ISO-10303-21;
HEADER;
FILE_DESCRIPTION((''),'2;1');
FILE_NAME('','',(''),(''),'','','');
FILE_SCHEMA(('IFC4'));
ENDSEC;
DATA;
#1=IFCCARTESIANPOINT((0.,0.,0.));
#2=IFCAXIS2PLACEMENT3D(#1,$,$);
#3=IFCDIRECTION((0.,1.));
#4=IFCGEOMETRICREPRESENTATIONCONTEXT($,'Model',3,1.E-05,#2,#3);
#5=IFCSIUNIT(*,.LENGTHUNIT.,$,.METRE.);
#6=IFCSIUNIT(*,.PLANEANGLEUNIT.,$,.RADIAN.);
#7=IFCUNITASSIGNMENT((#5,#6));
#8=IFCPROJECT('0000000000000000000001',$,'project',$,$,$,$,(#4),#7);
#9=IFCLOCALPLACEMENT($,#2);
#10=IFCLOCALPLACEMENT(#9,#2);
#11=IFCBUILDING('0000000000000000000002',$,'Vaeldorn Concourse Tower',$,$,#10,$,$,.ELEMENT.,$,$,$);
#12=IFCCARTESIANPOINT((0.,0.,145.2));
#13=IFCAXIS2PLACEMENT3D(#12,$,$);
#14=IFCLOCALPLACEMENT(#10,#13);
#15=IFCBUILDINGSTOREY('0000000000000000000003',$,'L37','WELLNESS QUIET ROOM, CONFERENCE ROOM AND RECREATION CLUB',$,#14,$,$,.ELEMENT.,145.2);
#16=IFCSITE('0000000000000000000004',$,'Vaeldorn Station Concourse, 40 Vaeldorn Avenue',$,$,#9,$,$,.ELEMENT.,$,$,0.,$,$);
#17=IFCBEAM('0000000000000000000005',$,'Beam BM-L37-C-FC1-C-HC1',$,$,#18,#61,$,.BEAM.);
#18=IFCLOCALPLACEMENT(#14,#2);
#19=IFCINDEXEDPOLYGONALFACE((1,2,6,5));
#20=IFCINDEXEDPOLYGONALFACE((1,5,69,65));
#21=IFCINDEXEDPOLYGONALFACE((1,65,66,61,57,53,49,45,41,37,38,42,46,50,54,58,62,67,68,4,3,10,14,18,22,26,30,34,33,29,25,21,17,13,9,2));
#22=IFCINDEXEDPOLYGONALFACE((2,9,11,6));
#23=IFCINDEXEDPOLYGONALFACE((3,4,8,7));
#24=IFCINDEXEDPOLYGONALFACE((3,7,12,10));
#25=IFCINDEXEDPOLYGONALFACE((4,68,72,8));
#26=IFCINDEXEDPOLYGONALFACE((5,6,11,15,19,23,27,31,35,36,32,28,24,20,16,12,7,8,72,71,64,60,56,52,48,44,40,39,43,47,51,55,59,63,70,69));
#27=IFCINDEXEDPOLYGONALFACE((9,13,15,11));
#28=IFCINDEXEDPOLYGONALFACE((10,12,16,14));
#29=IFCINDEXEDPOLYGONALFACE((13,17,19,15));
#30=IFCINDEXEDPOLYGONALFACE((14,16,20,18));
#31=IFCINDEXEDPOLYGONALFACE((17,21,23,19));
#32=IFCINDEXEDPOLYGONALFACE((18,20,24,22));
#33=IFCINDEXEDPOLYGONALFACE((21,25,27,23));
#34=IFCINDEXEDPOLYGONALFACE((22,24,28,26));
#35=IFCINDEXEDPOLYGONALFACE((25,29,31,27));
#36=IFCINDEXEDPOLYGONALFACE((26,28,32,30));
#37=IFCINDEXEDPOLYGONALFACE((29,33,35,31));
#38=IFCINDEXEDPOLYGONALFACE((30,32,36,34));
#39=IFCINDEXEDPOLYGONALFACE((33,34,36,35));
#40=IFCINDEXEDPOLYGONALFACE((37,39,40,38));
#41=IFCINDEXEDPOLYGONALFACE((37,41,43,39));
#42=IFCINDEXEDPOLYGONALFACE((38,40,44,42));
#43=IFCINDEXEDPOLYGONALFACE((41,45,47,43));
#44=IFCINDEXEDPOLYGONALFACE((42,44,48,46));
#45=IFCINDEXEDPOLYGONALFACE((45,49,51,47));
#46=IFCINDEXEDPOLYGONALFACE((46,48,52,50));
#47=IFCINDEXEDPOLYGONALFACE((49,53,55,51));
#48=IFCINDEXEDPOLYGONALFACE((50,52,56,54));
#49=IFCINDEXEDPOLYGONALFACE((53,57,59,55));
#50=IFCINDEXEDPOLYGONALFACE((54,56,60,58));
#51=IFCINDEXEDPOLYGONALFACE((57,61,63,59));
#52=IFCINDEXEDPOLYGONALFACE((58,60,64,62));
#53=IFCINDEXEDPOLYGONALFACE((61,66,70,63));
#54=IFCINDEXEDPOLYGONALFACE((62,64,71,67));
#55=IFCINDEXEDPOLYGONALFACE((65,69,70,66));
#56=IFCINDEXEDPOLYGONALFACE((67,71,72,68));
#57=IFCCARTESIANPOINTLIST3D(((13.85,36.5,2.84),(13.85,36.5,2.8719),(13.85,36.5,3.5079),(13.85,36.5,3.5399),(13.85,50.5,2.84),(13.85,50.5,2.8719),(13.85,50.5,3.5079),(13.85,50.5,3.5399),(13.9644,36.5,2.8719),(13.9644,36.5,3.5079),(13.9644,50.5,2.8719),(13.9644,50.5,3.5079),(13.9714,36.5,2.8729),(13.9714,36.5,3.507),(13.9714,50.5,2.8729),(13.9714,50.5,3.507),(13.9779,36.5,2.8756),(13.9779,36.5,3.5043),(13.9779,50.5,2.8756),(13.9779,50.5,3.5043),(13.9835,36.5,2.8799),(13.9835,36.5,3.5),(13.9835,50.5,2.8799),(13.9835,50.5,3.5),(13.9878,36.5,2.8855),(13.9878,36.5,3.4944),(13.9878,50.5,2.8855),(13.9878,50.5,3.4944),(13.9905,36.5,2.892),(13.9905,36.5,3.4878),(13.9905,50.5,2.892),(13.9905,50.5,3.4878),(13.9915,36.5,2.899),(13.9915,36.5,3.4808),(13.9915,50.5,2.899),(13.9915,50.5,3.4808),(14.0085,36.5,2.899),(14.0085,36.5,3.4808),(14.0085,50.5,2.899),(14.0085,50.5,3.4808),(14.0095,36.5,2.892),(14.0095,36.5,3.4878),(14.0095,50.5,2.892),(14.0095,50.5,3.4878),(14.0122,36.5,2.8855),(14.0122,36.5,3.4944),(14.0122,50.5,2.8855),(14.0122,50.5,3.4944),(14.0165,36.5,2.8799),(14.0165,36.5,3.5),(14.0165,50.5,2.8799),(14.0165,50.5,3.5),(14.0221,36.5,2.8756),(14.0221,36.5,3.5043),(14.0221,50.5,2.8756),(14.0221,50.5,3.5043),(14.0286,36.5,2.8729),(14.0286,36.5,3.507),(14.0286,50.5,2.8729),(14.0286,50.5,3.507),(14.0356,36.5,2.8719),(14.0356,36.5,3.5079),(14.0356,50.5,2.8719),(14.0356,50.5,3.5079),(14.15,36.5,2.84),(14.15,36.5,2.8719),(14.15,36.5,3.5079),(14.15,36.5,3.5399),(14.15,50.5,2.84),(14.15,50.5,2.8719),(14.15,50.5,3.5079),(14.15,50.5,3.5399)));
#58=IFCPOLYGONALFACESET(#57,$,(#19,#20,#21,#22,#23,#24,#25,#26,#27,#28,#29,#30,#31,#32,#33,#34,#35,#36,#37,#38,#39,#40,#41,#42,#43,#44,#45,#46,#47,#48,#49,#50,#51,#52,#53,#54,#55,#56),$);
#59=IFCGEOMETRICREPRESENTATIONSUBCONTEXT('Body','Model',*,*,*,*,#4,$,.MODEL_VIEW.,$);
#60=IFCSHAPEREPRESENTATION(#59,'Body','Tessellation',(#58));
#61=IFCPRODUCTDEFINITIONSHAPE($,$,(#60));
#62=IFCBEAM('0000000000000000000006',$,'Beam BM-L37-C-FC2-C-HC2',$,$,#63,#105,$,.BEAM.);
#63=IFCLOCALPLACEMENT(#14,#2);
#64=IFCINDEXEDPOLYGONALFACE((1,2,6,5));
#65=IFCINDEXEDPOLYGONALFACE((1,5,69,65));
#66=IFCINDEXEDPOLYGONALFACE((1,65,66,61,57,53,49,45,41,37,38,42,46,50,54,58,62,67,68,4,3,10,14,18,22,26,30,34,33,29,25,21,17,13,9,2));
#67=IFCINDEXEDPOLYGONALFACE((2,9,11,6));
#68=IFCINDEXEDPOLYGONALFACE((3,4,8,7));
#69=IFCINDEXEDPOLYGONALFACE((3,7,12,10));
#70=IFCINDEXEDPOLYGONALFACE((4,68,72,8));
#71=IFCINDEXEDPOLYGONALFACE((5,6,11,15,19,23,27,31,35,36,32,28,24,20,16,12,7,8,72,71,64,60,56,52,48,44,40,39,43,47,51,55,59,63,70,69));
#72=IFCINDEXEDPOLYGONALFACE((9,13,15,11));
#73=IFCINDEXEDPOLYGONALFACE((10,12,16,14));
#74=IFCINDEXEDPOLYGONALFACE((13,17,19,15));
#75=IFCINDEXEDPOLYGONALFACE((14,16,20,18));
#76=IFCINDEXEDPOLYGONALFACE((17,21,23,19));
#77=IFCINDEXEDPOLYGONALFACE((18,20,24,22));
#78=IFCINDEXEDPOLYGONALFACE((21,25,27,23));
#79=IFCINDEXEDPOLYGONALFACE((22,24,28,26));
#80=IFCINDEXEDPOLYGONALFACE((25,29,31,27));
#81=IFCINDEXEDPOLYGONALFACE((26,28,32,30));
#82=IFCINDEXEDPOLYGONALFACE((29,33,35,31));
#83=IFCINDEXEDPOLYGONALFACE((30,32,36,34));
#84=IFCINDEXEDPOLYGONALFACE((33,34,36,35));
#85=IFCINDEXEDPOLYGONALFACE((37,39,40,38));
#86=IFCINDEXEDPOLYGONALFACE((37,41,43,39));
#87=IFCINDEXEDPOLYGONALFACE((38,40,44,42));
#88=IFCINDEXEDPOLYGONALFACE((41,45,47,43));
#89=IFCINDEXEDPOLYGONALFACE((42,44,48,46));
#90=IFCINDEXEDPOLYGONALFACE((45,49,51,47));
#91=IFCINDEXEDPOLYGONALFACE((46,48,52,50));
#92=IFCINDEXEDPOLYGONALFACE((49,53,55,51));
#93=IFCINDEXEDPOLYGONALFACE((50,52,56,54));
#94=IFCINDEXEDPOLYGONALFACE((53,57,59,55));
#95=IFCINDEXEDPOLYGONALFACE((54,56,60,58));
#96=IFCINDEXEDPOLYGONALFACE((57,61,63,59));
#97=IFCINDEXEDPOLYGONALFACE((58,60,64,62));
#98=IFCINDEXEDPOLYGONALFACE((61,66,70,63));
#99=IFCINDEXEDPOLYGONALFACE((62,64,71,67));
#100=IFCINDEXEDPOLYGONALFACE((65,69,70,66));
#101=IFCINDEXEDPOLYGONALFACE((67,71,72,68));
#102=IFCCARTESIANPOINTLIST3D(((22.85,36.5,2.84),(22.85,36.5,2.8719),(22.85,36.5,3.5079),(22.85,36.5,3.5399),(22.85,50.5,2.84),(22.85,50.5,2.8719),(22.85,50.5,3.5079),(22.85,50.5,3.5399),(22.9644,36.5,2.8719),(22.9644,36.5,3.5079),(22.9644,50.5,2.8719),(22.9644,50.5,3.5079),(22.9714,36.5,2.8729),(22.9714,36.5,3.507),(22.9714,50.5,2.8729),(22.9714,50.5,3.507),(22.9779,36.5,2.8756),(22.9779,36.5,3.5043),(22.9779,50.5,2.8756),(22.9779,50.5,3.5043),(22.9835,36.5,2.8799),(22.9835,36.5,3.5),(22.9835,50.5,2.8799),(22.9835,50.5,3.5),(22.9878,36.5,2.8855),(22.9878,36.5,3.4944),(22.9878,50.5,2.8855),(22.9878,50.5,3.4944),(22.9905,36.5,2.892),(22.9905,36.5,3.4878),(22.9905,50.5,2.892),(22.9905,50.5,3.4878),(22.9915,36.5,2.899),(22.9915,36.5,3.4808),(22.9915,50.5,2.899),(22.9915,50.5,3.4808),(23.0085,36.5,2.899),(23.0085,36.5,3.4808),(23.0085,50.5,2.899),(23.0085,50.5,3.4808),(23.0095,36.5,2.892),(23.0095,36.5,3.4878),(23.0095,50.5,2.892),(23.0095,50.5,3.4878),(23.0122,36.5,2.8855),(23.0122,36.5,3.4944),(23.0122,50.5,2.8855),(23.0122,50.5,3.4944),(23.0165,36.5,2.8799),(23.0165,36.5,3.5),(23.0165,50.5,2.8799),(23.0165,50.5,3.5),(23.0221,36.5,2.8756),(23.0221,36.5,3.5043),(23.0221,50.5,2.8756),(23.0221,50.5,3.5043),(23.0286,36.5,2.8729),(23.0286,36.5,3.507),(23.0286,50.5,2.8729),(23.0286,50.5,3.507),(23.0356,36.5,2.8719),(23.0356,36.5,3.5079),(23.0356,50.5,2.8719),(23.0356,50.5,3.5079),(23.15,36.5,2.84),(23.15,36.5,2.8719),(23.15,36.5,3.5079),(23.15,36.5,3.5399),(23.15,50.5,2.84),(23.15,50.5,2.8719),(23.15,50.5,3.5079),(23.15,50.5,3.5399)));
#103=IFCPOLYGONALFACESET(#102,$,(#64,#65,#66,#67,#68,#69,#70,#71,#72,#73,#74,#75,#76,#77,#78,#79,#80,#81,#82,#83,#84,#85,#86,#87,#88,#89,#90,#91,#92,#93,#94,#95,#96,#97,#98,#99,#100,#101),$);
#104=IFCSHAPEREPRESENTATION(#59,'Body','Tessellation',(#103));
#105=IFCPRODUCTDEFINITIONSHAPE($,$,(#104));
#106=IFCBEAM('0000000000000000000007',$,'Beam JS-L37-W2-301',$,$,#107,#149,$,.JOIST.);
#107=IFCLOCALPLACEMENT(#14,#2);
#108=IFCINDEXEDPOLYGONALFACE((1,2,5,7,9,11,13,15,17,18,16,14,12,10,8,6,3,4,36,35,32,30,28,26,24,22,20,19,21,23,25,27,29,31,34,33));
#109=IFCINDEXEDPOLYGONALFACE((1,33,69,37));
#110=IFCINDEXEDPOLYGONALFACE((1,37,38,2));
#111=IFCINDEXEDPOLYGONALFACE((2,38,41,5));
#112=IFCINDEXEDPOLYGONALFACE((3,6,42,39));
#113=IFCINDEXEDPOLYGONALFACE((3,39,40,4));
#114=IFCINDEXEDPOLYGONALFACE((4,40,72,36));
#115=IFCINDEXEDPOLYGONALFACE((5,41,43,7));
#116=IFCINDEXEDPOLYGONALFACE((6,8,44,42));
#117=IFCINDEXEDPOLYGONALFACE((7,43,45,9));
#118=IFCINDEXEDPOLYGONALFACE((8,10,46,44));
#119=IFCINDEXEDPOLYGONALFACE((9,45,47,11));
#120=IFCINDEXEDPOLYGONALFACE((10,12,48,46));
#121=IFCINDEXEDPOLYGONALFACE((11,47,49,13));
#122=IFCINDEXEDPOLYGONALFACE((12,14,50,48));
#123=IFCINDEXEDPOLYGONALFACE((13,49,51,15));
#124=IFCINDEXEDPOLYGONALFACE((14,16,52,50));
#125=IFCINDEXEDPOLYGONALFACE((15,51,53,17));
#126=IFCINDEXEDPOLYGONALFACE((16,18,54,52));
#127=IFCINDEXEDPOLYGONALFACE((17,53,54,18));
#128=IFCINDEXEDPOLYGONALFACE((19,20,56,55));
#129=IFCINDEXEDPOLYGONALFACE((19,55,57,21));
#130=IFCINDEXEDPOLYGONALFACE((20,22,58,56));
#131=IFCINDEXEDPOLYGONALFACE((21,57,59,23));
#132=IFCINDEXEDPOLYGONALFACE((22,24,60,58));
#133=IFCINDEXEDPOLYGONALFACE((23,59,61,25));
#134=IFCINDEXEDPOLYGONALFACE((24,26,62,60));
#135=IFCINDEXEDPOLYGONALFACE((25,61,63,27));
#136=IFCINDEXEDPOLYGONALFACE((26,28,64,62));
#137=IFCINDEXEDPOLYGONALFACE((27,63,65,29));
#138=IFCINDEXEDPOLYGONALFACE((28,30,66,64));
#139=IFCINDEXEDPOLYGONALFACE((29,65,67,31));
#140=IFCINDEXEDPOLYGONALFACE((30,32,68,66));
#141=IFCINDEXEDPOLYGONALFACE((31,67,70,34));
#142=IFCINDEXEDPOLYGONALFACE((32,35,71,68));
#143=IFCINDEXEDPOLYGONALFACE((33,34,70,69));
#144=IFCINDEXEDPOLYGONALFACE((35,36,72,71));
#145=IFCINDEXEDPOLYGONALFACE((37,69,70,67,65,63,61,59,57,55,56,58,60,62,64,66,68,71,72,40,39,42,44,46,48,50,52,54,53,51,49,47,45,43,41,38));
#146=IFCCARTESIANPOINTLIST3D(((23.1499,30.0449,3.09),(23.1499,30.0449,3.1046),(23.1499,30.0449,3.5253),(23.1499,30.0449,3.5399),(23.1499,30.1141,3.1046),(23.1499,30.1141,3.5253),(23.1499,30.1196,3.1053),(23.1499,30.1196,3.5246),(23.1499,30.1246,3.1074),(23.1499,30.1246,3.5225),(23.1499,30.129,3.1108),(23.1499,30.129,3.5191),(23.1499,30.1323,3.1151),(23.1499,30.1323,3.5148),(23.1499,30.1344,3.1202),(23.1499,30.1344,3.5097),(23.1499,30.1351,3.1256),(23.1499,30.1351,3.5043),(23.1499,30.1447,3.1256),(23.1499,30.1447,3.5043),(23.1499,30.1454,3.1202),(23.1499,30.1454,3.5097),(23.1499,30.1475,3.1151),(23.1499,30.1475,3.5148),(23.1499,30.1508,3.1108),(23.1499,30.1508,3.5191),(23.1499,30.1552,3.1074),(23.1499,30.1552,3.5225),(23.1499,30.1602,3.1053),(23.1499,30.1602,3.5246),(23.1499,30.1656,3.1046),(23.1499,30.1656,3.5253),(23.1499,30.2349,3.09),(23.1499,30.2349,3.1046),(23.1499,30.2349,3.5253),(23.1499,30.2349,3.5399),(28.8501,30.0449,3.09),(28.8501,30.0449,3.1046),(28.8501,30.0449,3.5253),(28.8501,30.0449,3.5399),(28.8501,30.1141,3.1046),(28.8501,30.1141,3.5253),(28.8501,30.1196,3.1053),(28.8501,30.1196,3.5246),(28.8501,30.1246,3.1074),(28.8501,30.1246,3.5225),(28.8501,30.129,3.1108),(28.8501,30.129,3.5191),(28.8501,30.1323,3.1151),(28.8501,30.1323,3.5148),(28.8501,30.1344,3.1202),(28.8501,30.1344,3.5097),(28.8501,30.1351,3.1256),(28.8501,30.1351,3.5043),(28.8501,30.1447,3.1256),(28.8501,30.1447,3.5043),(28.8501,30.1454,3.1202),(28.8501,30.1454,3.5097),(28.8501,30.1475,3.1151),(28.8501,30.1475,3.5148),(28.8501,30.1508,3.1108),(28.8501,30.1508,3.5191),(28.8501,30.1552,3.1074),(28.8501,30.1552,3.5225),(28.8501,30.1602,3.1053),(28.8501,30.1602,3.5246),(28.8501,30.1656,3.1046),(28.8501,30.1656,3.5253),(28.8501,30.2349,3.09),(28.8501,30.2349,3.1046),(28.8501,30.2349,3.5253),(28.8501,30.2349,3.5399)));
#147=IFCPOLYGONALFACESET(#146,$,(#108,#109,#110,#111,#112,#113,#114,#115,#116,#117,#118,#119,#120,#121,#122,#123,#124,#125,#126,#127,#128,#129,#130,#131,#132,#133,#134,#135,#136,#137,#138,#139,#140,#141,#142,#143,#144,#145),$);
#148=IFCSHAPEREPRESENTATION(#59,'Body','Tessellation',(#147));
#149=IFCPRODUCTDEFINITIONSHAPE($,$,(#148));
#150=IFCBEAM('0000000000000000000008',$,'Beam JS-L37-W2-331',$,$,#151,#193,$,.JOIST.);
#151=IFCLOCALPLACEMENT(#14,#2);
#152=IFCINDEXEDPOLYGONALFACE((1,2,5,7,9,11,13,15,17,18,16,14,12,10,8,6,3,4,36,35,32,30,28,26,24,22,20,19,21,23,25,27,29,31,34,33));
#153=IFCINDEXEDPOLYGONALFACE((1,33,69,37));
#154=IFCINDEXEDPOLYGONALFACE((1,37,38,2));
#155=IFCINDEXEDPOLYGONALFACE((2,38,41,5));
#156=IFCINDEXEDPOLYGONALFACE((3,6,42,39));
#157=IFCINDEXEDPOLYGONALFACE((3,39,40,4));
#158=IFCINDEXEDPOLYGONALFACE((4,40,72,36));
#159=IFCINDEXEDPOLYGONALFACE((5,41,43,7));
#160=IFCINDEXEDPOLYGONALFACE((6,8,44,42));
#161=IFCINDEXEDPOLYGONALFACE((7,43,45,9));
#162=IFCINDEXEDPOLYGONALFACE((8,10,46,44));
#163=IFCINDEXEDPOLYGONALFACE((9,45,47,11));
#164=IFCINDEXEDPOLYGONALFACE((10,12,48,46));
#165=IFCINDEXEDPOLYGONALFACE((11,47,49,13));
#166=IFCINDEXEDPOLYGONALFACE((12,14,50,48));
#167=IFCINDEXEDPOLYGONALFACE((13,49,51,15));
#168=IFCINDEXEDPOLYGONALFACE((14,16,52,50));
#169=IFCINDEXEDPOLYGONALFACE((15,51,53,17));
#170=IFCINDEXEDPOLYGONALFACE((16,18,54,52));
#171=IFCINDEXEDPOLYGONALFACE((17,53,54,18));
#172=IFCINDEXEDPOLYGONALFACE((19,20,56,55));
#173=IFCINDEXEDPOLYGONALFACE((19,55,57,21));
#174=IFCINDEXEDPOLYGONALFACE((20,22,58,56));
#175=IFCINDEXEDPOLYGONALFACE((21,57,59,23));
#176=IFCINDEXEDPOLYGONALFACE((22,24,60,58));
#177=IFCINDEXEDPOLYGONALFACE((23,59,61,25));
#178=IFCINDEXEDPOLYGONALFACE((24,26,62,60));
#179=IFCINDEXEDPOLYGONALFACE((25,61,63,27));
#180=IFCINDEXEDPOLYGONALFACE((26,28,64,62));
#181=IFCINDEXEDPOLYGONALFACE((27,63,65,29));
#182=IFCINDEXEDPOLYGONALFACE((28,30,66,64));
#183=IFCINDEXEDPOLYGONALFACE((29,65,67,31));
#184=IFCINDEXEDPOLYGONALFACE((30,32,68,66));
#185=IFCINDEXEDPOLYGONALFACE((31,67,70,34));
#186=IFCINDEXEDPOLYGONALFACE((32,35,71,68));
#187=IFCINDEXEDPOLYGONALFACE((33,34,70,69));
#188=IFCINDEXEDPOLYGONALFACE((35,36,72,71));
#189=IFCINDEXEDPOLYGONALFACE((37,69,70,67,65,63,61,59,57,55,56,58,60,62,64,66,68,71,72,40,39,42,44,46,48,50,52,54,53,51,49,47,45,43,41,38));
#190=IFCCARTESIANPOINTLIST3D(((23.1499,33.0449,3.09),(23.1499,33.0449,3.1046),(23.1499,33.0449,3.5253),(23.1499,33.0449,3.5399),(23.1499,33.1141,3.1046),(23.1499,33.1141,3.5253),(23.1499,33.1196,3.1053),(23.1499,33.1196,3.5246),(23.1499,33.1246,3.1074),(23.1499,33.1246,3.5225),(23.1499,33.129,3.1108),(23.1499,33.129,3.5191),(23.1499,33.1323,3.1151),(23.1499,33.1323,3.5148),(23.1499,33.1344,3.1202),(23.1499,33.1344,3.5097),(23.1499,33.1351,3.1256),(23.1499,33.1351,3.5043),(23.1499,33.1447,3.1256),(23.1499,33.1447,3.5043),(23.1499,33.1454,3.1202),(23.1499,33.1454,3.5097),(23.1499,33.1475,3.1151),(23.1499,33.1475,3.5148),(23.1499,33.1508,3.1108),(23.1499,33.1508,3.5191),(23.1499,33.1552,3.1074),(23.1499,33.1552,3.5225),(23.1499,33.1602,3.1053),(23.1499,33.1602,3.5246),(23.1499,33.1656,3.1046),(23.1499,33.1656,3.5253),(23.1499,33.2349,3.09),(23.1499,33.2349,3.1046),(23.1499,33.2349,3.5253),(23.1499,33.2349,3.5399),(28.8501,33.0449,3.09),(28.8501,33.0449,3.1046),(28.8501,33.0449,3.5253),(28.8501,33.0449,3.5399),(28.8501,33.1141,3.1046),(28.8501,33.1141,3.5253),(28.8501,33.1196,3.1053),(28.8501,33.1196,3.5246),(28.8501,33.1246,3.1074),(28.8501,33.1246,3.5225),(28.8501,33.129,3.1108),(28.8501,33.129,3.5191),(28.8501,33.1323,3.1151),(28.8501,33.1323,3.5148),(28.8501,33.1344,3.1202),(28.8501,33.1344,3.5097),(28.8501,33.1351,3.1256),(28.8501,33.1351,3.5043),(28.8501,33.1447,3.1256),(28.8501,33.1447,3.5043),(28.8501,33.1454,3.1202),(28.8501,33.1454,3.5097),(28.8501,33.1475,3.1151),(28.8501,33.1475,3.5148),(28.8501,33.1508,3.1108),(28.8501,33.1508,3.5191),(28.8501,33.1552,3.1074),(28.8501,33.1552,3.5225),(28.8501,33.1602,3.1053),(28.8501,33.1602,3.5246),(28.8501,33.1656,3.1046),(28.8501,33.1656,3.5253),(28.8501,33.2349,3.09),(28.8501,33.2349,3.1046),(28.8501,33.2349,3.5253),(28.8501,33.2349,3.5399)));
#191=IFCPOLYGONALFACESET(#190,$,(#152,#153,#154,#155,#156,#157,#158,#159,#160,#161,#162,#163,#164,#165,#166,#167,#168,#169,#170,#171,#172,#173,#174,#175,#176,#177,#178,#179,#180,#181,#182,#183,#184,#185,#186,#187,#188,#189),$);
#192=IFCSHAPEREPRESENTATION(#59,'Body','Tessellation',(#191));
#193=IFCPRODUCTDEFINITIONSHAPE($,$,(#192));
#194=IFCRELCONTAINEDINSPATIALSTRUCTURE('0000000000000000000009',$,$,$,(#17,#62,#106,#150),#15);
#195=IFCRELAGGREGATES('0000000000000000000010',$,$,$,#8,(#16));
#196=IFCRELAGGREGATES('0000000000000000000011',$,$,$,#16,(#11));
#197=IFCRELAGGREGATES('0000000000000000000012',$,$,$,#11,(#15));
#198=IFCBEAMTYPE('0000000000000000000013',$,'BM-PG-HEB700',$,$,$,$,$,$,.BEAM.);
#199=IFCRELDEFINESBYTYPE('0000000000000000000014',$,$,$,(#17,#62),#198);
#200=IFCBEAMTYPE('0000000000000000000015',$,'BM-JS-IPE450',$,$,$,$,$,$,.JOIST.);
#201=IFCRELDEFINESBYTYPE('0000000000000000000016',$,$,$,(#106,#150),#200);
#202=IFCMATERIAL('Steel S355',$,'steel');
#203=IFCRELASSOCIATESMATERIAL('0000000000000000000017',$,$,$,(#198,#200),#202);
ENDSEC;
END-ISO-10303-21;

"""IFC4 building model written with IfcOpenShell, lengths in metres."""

from ifc_helpers import new_model, si_unit, direction, frame, origin, origin_2d, place, context, subcontext, project, spatial, i_section, extrude, source, transform, mapped, material, material_profile, profile_set, type_object, element, save


model = new_model("IFC4")

# Units and contexts
model_context = context("Model", 3, precision=1e-05, world=origin(), true_north=direction((0.0, 1.0)))
body_context = subcontext(model_context, "Body", "Model", "MODEL_VIEW")
ifc_project = project(units=[si_unit("LENGTHUNIT", "METRE"), si_unit("PLANEANGLEUNIT", "RADIAN")], contexts=[model_context])

# Site, building, storey
site_placement = place(None, origin())
site = spatial("IfcSite", under=ifc_project, at=site_placement, Name="Vaeldorn Station Concourse, 40 Vaeldorn Avenue", CompositionType="ELEMENT", RefElevation=0.0)
building_placement = place(site_placement, origin())
building = spatial("IfcBuilding", under=site, at=building_placement, Name="Vaeldorn Concourse Tower", CompositionType="ELEMENT")
storey_placement = place(building_placement, frame((0.0, 0.0, 145.2)))
storey = spatial("IfcBuildingStorey", under=building, at=storey_placement, Name="L37", Description="WELLNESS QUIET ROOM, CONFERENCE ROOM AND RECREATION CLUB", CompositionType="ELEMENT", Elevation=145.2)

# Beams
ifc_material_1 = material(Name="Steel S355", Category="steel")
ifc_material_profile_1 = material_profile(ifc_material_1, i_section(OverallWidth=0.3, OverallDepth=0.7, WebThickness=0.0171, FlangeThickness=0.032, FilletRadius=0.0271, at=origin_2d()), Name="HEB 700")
ifc_profile_set_1 = profile_set([ifc_material_profile_1], Name="Steel S355")
beam_type_1 = type_object("IfcBeamType", Name="BM-PG-HEB700", PredefinedType="BEAM", material=ifc_profile_set_1)
shared_shape_1 = source(origin(), body_context, "Body", "SweptSolid", [
    extrude(i_section(OverallWidth=0.3, OverallDepth=0.7, WebThickness=0.0171, FlangeThickness=0.032, FilletRadius=0.0271, at=origin_2d()), origin(), (0.0, 0.0, 1.0), 14.0),
])
for number, where, z_axis, x_axis, name in (
    (1, (14.0, 36.5, 3.1899), (0.0, 1.0, 0.0), (-1.0, 0.0, 0.0), "Beam BM-L37-C-FC1-C-HC1"),
    (2, (23.0, 36.5, 3.1899), (0.0, 1.0, 0.0), (-1.0, 0.0, 0.0), "Beam BM-L37-C-FC2-C-HC2"),
):
    element("IfcBeam", number, at=place(storey_placement, frame(where, z_axis=z_axis, x_axis=x_axis)), inside=storey, type_object=beam_type_1, Name=name, PredefinedType="BEAM", context=body_context, shape_type="MappedRepresentation", body=[
        mapped(shared_shape_1, transform((0.0, 0.0, 0.0), scale=1.0)),
    ])
ifc_material_profile_2 = material_profile(ifc_material_1, i_section(OverallWidth=0.1899, OverallDepth=0.45, WebThickness=0.0095, FlangeThickness=0.0146, FilletRadius=0.021, at=origin_2d()), Name="IPE 450")
ifc_profile_set_2 = profile_set([ifc_material_profile_2], Name="Steel S355")
beam_type_2 = type_object("IfcBeamType", Name="BM-JS-IPE450", PredefinedType="JOIST", material=ifc_profile_set_2)
shared_shape_2 = source(origin(), body_context, "Body", "SweptSolid", [
    extrude(i_section(OverallWidth=0.1899, OverallDepth=0.45, WebThickness=0.0095, FlangeThickness=0.0146, FilletRadius=0.021, at=origin_2d()), origin(), (0.0, 0.0, 1.0), 5.7002),
])
for number, where, z_axis, x_axis, name in (
    (3, (23.1499, 30.1399, 3.3149), (1.0, 0.0, 0.0), (0.0, 1.0, 0.0), "Beam JS-L37-W2-301"),
    (4, (23.1499, 33.1399, 3.3149), (1.0, 0.0, 0.0), (0.0, 1.0, 0.0), "Beam JS-L37-W2-331"),
):
    element("IfcBeam", number, at=place(storey_placement, frame(where, z_axis=z_axis, x_axis=x_axis)), inside=storey, type_object=beam_type_2, Name=name, PredefinedType="JOIST", context=body_context, shape_type="MappedRepresentation", body=[
        mapped(shared_shape_2, transform((0.0, 0.0, 0.0), scale=1.0)),
    ])

save(model, "model.ifc")
